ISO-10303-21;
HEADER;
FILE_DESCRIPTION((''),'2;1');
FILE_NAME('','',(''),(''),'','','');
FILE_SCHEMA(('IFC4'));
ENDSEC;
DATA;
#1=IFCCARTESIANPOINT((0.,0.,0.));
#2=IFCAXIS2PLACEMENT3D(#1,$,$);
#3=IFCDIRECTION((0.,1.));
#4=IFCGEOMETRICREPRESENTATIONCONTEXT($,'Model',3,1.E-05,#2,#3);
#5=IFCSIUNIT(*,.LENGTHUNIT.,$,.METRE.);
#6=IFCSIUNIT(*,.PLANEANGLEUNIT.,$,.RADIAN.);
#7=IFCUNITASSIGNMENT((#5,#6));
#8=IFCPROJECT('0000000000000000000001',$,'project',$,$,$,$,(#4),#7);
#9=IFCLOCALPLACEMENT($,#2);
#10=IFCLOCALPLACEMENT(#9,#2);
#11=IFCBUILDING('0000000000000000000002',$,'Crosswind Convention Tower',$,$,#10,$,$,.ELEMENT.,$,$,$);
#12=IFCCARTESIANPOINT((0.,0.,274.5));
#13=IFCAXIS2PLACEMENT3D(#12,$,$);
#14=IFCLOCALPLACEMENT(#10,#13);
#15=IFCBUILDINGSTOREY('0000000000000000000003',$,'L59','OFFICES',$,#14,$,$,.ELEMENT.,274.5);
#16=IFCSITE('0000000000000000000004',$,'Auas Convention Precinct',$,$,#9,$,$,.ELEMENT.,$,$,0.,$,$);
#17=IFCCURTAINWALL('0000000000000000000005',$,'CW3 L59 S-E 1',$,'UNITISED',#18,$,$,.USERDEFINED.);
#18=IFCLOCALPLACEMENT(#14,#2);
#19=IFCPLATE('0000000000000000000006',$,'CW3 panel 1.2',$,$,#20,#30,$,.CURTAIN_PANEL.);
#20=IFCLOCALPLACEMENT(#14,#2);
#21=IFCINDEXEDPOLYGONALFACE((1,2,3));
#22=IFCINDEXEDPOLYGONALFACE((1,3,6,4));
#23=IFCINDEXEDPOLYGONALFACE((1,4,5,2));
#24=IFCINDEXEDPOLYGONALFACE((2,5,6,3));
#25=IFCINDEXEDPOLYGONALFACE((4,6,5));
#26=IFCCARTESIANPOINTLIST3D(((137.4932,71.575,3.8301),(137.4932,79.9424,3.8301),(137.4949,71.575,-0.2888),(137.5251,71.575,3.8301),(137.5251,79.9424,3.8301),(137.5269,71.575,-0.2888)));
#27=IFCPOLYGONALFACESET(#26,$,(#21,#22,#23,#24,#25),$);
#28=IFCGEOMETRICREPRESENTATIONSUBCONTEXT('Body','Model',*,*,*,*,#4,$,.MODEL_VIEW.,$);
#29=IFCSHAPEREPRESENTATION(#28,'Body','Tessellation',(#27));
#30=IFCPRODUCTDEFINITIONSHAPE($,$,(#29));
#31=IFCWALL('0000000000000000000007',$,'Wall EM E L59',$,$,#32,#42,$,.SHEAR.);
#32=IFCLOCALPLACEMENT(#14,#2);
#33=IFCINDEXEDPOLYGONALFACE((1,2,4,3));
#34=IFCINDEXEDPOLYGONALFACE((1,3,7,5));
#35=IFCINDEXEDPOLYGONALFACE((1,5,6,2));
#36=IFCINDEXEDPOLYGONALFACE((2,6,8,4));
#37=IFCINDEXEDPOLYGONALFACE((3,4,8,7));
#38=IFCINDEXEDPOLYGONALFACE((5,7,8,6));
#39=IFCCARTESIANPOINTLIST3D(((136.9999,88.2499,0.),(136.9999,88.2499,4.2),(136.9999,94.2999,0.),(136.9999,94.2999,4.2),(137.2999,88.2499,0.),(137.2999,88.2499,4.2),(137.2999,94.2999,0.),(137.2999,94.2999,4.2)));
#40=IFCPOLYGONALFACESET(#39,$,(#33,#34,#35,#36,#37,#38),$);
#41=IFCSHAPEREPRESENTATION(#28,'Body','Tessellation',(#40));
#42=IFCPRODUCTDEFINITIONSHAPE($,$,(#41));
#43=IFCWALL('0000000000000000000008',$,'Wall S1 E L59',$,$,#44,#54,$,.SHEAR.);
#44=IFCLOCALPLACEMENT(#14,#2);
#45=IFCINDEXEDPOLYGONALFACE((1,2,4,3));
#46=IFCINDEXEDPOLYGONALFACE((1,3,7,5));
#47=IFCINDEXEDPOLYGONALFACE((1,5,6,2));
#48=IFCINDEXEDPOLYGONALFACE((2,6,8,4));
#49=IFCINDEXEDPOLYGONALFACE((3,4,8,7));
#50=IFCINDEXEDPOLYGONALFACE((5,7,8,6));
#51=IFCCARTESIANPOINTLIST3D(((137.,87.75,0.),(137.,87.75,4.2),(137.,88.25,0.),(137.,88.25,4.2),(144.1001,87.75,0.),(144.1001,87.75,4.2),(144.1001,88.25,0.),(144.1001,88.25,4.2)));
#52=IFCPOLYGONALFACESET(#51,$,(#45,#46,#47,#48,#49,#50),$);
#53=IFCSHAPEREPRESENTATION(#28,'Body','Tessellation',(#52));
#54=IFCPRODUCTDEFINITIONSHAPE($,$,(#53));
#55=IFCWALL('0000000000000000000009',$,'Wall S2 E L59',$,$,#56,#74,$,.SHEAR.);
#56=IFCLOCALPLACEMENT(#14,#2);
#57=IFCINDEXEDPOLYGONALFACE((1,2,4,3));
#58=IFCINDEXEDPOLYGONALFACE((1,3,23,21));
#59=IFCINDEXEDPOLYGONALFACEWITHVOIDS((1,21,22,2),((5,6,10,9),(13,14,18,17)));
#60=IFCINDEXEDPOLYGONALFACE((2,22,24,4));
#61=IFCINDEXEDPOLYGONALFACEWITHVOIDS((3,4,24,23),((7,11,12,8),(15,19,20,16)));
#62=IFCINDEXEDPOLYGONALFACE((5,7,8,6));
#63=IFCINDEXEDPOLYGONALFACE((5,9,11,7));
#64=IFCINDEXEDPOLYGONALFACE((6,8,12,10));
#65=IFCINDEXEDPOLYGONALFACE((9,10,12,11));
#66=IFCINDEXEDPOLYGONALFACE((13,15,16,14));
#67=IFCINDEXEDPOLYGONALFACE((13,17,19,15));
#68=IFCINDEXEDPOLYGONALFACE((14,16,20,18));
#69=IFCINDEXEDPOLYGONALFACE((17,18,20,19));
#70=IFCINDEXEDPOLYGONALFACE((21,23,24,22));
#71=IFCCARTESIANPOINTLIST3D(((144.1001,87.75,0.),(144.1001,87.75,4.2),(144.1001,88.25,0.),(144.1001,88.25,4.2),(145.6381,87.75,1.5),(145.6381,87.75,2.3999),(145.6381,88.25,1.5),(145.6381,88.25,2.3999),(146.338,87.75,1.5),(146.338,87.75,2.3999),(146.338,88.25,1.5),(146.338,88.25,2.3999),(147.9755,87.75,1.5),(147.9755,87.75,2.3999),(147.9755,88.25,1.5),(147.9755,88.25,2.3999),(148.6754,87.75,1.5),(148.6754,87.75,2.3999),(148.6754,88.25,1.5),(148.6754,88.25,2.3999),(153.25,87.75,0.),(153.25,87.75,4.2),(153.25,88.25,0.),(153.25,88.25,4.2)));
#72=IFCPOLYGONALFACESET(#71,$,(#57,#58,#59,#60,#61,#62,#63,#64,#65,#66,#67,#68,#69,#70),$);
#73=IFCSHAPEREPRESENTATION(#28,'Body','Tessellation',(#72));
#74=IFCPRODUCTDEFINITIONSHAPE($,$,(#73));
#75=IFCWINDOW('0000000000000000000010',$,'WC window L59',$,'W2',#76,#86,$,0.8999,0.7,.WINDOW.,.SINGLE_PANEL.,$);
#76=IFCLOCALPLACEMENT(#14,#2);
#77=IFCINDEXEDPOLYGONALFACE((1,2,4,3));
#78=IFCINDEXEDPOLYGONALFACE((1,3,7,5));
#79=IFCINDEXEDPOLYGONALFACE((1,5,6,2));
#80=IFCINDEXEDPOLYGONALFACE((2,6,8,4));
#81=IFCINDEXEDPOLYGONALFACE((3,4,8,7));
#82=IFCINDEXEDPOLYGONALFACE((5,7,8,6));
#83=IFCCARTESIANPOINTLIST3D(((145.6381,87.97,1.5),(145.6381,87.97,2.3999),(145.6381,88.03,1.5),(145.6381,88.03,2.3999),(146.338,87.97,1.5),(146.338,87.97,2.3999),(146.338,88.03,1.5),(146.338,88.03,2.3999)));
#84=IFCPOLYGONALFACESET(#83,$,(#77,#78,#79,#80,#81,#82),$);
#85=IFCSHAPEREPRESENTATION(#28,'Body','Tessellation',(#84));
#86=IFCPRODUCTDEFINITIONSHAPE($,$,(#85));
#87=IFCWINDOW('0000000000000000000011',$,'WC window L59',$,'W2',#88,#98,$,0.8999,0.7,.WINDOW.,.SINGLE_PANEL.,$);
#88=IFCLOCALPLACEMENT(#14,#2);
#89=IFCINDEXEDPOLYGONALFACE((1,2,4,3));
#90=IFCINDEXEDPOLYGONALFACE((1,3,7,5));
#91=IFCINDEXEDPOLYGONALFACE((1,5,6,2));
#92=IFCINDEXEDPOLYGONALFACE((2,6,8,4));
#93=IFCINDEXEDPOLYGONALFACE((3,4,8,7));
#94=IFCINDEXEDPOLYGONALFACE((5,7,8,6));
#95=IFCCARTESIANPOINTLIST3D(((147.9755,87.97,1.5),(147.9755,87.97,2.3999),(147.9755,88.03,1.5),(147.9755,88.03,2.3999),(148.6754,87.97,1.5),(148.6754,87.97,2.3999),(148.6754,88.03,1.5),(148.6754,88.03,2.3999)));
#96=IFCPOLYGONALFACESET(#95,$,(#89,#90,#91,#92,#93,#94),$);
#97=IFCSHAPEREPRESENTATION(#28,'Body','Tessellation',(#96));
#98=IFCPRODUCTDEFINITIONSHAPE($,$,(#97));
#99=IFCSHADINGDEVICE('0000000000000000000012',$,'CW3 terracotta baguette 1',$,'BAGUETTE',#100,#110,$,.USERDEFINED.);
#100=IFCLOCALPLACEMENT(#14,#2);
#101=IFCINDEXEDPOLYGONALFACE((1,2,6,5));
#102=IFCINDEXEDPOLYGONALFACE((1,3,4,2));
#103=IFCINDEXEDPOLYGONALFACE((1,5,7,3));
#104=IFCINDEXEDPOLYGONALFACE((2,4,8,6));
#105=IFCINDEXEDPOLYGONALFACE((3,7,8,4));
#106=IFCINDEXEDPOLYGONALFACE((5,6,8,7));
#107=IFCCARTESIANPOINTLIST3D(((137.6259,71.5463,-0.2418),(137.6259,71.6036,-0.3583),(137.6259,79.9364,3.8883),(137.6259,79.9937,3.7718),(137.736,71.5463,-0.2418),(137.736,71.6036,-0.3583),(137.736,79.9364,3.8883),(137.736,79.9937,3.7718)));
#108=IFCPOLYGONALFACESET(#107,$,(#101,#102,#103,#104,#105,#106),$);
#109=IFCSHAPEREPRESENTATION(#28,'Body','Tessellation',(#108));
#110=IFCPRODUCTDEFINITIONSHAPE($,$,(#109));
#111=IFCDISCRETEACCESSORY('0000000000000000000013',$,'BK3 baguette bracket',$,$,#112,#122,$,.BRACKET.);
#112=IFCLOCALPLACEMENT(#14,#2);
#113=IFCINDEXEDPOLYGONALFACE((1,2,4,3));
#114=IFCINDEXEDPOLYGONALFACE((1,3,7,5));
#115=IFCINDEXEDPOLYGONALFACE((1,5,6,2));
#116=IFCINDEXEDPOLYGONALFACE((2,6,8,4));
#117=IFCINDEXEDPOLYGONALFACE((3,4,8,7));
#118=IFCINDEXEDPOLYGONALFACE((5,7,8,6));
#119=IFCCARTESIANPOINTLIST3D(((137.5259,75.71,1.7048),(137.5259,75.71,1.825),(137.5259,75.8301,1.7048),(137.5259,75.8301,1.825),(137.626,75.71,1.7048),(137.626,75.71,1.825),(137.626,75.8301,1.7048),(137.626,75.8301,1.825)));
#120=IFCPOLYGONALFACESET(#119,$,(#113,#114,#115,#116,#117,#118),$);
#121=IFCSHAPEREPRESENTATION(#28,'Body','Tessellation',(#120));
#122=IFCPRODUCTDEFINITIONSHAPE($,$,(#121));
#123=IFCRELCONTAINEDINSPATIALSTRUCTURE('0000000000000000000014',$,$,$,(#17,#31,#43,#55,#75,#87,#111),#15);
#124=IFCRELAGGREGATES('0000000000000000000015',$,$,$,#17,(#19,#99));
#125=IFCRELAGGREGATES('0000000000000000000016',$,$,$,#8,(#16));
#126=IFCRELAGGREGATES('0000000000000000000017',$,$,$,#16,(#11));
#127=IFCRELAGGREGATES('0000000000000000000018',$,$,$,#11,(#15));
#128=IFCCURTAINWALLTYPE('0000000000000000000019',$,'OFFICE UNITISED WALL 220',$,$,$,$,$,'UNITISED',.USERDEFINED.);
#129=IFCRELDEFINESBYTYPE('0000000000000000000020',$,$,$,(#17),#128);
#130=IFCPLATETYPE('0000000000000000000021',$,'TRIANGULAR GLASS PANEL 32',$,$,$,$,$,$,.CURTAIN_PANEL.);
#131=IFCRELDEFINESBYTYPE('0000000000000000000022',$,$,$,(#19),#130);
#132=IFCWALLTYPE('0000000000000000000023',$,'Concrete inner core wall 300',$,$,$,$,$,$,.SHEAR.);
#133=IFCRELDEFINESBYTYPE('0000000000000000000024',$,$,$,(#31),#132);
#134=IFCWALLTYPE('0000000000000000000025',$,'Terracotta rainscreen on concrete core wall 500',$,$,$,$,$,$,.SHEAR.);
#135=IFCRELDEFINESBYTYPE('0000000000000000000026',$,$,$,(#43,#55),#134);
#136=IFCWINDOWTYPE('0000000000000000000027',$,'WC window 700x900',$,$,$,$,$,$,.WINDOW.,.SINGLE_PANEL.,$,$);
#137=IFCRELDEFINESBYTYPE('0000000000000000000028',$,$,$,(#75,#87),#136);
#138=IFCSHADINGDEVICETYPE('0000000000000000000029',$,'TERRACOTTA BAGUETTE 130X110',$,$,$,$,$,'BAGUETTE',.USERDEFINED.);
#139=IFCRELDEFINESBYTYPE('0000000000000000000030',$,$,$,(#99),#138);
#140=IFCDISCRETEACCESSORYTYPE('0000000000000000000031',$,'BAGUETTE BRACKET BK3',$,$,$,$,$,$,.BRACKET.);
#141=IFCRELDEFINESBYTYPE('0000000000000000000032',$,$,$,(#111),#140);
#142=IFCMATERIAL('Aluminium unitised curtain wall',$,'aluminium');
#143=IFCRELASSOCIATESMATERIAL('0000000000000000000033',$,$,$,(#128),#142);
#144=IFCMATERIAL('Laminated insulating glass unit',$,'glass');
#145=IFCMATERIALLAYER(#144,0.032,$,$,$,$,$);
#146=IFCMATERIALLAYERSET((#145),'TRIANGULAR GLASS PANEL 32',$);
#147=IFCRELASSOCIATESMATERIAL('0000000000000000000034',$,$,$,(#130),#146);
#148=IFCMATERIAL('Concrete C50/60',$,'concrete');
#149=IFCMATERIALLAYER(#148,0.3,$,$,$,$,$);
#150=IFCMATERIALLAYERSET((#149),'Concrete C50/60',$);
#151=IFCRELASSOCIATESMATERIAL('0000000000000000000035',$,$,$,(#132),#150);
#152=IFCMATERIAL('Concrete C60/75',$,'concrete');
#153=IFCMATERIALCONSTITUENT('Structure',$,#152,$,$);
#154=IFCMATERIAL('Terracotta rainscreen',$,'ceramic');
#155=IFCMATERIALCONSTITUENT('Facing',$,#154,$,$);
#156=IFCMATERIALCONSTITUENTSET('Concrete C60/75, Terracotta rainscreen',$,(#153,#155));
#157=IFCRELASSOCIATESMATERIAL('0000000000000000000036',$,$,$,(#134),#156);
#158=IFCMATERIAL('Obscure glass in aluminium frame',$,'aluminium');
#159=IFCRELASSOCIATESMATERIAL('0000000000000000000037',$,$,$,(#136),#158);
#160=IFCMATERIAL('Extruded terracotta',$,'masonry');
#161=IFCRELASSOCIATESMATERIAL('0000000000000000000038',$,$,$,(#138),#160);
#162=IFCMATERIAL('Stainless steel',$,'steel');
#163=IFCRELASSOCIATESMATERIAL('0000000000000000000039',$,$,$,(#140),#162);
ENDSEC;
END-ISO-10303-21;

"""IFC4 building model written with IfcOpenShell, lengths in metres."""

from ifc_helpers import new_model, si_unit, direction, frame, frame_2d, origin, origin_2d, place, context, subcontext, project, spatial, polyline, rectangle, outline, extrude, material, layer, layer_set, constituent, constituent_set, material_profile, profile_set, type_object, element, fill, aggregate, save


model = new_model("IFC4")

# Units and contexts
model_context = context("Model", 3, precision=1e-05, world=origin(), true_north=direction((0.0, 1.0)))
body_context = subcontext(model_context, "Body", "Model", "MODEL_VIEW")
ifc_project = project(units=[si_unit("LENGTHUNIT", "METRE"), si_unit("PLANEANGLEUNIT", "RADIAN")], contexts=[model_context])

# Site, building, storey
site_placement = place(None, origin())
site = spatial("IfcSite", under=ifc_project, at=site_placement, Name="Auas Convention Precinct", CompositionType="ELEMENT", RefElevation=0.0)
building_placement = place(site_placement, origin())
building = spatial("IfcBuilding", under=site, at=building_placement, Name="Crosswind Convention Tower", CompositionType="ELEMENT")
storey_placement = place(building_placement, frame((0.0, 0.0, 274.5)))
storey = spatial("IfcBuildingStorey", under=building, at=storey_placement, Name="L59", Description="OFFICES", CompositionType="ELEMENT", Elevation=274.5)

# Shared definitions
ifc_material_1 = material(Name="Concrete C60/75", Category="concrete")

# Shared definitions
ifc_material_2 = material(Name="Aluminium unitised curtain wall", Category="aluminium")

# Curtain wall
curtain_wall_type_1 = type_object("IfcCurtainWallType", Name="OFFICE UNITISED WALL 220", ElementType="UNITISED", PredefinedType="USERDEFINED", material=ifc_material_2)
curtain_wall_1_placement = place(storey_placement, origin())
curtain_wall_1 = element("IfcCurtainWall", 1, at=curtain_wall_1_placement, inside=storey, type_object=curtain_wall_type_1, Name="CW3 L59 S-E 1", ObjectType="UNITISED", PredefinedType="USERDEFINED")

# Plate
ifc_material_3 = material(Name="Laminated insulating glass unit", Category="glass")
ifc_layer_1 = layer(ifc_material_3, 0.032)
ifc_layer_set_1 = layer_set([ifc_layer_1], Name="TRIANGULAR GLASS PANEL 32")
plate_type_1 = type_object("IfcPlateType", Name="TRIANGULAR GLASS PANEL 32", PredefinedType="CURTAIN_PANEL", material=ifc_layer_set_1)
plate_1_placement = place(storey_placement, frame((137.5251, 71.575, 3.8301), z_axis=(1.0, 0.0, 0.000415), x_axis=(0.000415, 0.0, -1.0)))
plate_1 = element("IfcPlate", 2, at=plate_1_placement, type_object=plate_type_1, Name="CW3 panel 1.2", PredefinedType="CURTAIN_PANEL", context=body_context, shape_type="SweptSolid", body=[
    extrude(outline(polyline([(0.0, 0.0), (4.1189, 0.0), (0.0, 8.3674), (0.0, 0.0)])), origin(), (0.0, 0.0, -1.0), 0.032),
])

# Walls
ifc_material_4 = material(Name="Concrete C50/60", Category="concrete")
ifc_layer_2 = layer(ifc_material_4, 0.3)
ifc_layer_set_2 = layer_set([ifc_layer_2], Name="Concrete C50/60")
wall_type_1 = type_object("IfcWallType", Name="Concrete inner core wall 300", PredefinedType="SHEAR", material=ifc_layer_set_2)
wall_1_placement = place(storey_placement, frame((137.1499, 88.25, 0.0), z_axis=(0.0, 0.0, 1.0), x_axis=(0.0, 1.0, 0.0)))
element("IfcWall", 3, at=wall_1_placement, inside=storey, type_object=wall_type_1, Name="Wall EM E L59", PredefinedType="SHEAR", context=body_context, shape_type="SweptSolid", body=[
    extrude(rectangle(XDim=6.05, YDim=0.3, at=frame_2d((3.0249, 0.0))), origin(), (0.0, 0.0, 1.0), 4.2),
])
ifc_constituent_1 = constituent(ifc_material_1, Name="Structure")
ifc_material_5 = material(Name="Terracotta rainscreen", Category="ceramic")
ifc_constituent_2 = constituent(ifc_material_5, Name="Facing")
ifc_constituent_set = constituent_set(constituents=[ifc_constituent_1, ifc_constituent_2], Name="Concrete C60/75, Terracotta rainscreen")
wall_type_2 = type_object("IfcWallType", Name="Terracotta rainscreen on concrete core wall 500", PredefinedType="SHEAR", material=ifc_constituent_set)
wall_2_placement = place(storey_placement, frame((137.0, 88.0, 0.0), z_axis=(0.0, 0.0, 1.0), x_axis=(1.0, 0.0, 0.0)))
element("IfcWall", 4, at=wall_2_placement, inside=storey, type_object=wall_type_2, Name="Wall S1 E L59", PredefinedType="SHEAR", context=body_context, shape_type="SweptSolid", body=[
    extrude(rectangle(XDim=7.1001, YDim=0.5, at=frame_2d((3.55, 0.0))), origin(), (0.0, 0.0, 1.0), 4.2),
])

# Wall, openings, windows
wall_3_placement = place(storey_placement, frame((144.1001, 88.0, 0.0), z_axis=(0.0, 0.0, 1.0), x_axis=(1.0, 0.0, 0.0)))
wall_3 = element("IfcWall", 5, at=wall_3_placement, inside=storey, type_object=wall_type_2, Name="Wall S2 E L59", PredefinedType="SHEAR", context=body_context, shape_type="SweptSolid", body=[
    extrude(rectangle(XDim=9.1499, YDim=0.5, at=frame_2d((4.575, 0.0))), origin(), (0.0, 0.0, 1.0), 4.2),
])
opening_1_placement = place(wall_3_placement, frame((1.5378, 0.0, 1.5)))
opening_1 = element("IfcOpeningElement", 6, at=opening_1_placement, cuts=wall_3, PredefinedType="OPENING", context=body_context, shape_type="SweptSolid", body=[
    extrude(rectangle(XDim=0.7, YDim=0.8999, at=frame_2d((0.3501, 0.45))), frame((0.0, 0.26, 0.0), z_axis=(0.0, -1.0, 0.0), x_axis=(1.0, 0.0, 0.0)), (0.0, 0.0, 1.0), 0.52),
])
opening_2_placement = place(wall_3_placement, frame((3.8752, 0.0, 1.5)))
opening_2 = element("IfcOpeningElement", 7, at=opening_2_placement, cuts=wall_3, PredefinedType="OPENING", context=body_context, shape_type="SweptSolid", body=[
    extrude(rectangle(XDim=0.7, YDim=0.8999, at=frame_2d((0.3501, 0.45))), frame((0.0, 0.26, 0.0), z_axis=(0.0, -1.0, 0.0), x_axis=(1.0, 0.0, 0.0)), (0.0, 0.0, 1.0), 0.52),
])
ifc_material_6 = material(Name="Obscure glass in aluminium frame", Category="aluminium")
window_type = type_object("IfcWindowType", Name="WC window 700x900", PartitioningType="SINGLE_PANEL", PredefinedType="WINDOW", material=ifc_material_6)
window_1_placement = place(opening_1_placement, origin())
window_1 = element("IfcWindow", 8, at=window_1_placement, inside=storey, type_object=window_type, Name="WC window L59", ObjectType="W2", OverallHeight=0.8999, OverallWidth=0.7, PartitioningType="SINGLE_PANEL", PredefinedType="WINDOW", context=body_context, shape_type="SweptSolid", body=[
    extrude(rectangle(XDim=0.7, YDim=0.8999, at=frame_2d((0.3501, 0.45))), frame((0.0, 0.03, 0.0), z_axis=(0.0, -1.0, 0.0), x_axis=(1.0, 0.0, 0.0)), (0.0, 0.0, 1.0), 0.0601),
])
fill(opening_1, window_1)
window_2_placement = place(opening_2_placement, origin())
window_2 = element("IfcWindow", 9, at=window_2_placement, inside=storey, type_object=window_type, Name="WC window L59", ObjectType="W2", OverallHeight=0.8999, OverallWidth=0.7, PartitioningType="SINGLE_PANEL", PredefinedType="WINDOW", context=body_context, shape_type="SweptSolid", body=[
    extrude(rectangle(XDim=0.7, YDim=0.8999, at=frame_2d((0.3501, 0.45))), frame((0.0, 0.03, 0.0), z_axis=(0.0, -1.0, 0.0), x_axis=(1.0, 0.0, 0.0)), (0.0, 0.0, 1.0), 0.0601),
])
fill(opening_2, window_2)

# Shading device
ifc_material_7 = material(Name="Extruded terracotta", Category="masonry")
ifc_material_profile_1 = material_profile(ifc_material_7, rectangle(XDim=0.1101, YDim=0.1299, at=origin_2d()), Name="TC 110X130")
ifc_profile_set_1 = profile_set([ifc_material_profile_1], Name="Extruded terracotta")
shading_device_type = type_object("IfcShadingDeviceType", Name="TERRACOTTA BAGUETTE 130X110", ElementType="BAGUETTE", PredefinedType="USERDEFINED", material=ifc_profile_set_1)
shading_device_placement = place(storey_placement, frame((137.6809, 71.575, -0.3), z_axis=(0.0, 0.897188, 0.441649), x_axis=(-1.0, 0.0, 0.0)))
shading_device = element("IfcShadingDevice", 10, at=shading_device_placement, type_object=shading_device_type, Name="CW3 terracotta baguette 1", ObjectType="BAGUETTE", PredefinedType="USERDEFINED", context=body_context, shape_type="SweptSolid", body=[
    extrude(rectangle(XDim=0.1101, YDim=0.1299, at=origin_2d()), origin(), (0.0, 0.0, 1.0), 9.3516),
])
aggregate(curtain_wall_1, [plate_1, shading_device])

# Discrete accessory
ifc_material_8 = material(Name="Stainless steel", Category="steel")
discrete_accessory_type = type_object("IfcDiscreteAccessoryType", Name="BAGUETTE BRACKET BK3", PredefinedType="BRACKET", material=ifc_material_8)
discrete_accessory_placement = place(storey_placement, frame((137.5759, 75.77, 1.7048), z_axis=(0.0, 0.0, 1.0), x_axis=(0.0, 1.0, 0.0)))
element("IfcDiscreteAccessory", 11, at=discrete_accessory_placement, inside=storey, type_object=discrete_accessory_type, Name="BK3 baguette bracket", PredefinedType="BRACKET", context=body_context, shape_type="SweptSolid", body=[
    extrude(rectangle(XDim=0.1201, YDim=0.1001, at=origin_2d()), origin(), (0.0, 0.0, 1.0), 0.1201),
])

save(model, "model.ifc")
